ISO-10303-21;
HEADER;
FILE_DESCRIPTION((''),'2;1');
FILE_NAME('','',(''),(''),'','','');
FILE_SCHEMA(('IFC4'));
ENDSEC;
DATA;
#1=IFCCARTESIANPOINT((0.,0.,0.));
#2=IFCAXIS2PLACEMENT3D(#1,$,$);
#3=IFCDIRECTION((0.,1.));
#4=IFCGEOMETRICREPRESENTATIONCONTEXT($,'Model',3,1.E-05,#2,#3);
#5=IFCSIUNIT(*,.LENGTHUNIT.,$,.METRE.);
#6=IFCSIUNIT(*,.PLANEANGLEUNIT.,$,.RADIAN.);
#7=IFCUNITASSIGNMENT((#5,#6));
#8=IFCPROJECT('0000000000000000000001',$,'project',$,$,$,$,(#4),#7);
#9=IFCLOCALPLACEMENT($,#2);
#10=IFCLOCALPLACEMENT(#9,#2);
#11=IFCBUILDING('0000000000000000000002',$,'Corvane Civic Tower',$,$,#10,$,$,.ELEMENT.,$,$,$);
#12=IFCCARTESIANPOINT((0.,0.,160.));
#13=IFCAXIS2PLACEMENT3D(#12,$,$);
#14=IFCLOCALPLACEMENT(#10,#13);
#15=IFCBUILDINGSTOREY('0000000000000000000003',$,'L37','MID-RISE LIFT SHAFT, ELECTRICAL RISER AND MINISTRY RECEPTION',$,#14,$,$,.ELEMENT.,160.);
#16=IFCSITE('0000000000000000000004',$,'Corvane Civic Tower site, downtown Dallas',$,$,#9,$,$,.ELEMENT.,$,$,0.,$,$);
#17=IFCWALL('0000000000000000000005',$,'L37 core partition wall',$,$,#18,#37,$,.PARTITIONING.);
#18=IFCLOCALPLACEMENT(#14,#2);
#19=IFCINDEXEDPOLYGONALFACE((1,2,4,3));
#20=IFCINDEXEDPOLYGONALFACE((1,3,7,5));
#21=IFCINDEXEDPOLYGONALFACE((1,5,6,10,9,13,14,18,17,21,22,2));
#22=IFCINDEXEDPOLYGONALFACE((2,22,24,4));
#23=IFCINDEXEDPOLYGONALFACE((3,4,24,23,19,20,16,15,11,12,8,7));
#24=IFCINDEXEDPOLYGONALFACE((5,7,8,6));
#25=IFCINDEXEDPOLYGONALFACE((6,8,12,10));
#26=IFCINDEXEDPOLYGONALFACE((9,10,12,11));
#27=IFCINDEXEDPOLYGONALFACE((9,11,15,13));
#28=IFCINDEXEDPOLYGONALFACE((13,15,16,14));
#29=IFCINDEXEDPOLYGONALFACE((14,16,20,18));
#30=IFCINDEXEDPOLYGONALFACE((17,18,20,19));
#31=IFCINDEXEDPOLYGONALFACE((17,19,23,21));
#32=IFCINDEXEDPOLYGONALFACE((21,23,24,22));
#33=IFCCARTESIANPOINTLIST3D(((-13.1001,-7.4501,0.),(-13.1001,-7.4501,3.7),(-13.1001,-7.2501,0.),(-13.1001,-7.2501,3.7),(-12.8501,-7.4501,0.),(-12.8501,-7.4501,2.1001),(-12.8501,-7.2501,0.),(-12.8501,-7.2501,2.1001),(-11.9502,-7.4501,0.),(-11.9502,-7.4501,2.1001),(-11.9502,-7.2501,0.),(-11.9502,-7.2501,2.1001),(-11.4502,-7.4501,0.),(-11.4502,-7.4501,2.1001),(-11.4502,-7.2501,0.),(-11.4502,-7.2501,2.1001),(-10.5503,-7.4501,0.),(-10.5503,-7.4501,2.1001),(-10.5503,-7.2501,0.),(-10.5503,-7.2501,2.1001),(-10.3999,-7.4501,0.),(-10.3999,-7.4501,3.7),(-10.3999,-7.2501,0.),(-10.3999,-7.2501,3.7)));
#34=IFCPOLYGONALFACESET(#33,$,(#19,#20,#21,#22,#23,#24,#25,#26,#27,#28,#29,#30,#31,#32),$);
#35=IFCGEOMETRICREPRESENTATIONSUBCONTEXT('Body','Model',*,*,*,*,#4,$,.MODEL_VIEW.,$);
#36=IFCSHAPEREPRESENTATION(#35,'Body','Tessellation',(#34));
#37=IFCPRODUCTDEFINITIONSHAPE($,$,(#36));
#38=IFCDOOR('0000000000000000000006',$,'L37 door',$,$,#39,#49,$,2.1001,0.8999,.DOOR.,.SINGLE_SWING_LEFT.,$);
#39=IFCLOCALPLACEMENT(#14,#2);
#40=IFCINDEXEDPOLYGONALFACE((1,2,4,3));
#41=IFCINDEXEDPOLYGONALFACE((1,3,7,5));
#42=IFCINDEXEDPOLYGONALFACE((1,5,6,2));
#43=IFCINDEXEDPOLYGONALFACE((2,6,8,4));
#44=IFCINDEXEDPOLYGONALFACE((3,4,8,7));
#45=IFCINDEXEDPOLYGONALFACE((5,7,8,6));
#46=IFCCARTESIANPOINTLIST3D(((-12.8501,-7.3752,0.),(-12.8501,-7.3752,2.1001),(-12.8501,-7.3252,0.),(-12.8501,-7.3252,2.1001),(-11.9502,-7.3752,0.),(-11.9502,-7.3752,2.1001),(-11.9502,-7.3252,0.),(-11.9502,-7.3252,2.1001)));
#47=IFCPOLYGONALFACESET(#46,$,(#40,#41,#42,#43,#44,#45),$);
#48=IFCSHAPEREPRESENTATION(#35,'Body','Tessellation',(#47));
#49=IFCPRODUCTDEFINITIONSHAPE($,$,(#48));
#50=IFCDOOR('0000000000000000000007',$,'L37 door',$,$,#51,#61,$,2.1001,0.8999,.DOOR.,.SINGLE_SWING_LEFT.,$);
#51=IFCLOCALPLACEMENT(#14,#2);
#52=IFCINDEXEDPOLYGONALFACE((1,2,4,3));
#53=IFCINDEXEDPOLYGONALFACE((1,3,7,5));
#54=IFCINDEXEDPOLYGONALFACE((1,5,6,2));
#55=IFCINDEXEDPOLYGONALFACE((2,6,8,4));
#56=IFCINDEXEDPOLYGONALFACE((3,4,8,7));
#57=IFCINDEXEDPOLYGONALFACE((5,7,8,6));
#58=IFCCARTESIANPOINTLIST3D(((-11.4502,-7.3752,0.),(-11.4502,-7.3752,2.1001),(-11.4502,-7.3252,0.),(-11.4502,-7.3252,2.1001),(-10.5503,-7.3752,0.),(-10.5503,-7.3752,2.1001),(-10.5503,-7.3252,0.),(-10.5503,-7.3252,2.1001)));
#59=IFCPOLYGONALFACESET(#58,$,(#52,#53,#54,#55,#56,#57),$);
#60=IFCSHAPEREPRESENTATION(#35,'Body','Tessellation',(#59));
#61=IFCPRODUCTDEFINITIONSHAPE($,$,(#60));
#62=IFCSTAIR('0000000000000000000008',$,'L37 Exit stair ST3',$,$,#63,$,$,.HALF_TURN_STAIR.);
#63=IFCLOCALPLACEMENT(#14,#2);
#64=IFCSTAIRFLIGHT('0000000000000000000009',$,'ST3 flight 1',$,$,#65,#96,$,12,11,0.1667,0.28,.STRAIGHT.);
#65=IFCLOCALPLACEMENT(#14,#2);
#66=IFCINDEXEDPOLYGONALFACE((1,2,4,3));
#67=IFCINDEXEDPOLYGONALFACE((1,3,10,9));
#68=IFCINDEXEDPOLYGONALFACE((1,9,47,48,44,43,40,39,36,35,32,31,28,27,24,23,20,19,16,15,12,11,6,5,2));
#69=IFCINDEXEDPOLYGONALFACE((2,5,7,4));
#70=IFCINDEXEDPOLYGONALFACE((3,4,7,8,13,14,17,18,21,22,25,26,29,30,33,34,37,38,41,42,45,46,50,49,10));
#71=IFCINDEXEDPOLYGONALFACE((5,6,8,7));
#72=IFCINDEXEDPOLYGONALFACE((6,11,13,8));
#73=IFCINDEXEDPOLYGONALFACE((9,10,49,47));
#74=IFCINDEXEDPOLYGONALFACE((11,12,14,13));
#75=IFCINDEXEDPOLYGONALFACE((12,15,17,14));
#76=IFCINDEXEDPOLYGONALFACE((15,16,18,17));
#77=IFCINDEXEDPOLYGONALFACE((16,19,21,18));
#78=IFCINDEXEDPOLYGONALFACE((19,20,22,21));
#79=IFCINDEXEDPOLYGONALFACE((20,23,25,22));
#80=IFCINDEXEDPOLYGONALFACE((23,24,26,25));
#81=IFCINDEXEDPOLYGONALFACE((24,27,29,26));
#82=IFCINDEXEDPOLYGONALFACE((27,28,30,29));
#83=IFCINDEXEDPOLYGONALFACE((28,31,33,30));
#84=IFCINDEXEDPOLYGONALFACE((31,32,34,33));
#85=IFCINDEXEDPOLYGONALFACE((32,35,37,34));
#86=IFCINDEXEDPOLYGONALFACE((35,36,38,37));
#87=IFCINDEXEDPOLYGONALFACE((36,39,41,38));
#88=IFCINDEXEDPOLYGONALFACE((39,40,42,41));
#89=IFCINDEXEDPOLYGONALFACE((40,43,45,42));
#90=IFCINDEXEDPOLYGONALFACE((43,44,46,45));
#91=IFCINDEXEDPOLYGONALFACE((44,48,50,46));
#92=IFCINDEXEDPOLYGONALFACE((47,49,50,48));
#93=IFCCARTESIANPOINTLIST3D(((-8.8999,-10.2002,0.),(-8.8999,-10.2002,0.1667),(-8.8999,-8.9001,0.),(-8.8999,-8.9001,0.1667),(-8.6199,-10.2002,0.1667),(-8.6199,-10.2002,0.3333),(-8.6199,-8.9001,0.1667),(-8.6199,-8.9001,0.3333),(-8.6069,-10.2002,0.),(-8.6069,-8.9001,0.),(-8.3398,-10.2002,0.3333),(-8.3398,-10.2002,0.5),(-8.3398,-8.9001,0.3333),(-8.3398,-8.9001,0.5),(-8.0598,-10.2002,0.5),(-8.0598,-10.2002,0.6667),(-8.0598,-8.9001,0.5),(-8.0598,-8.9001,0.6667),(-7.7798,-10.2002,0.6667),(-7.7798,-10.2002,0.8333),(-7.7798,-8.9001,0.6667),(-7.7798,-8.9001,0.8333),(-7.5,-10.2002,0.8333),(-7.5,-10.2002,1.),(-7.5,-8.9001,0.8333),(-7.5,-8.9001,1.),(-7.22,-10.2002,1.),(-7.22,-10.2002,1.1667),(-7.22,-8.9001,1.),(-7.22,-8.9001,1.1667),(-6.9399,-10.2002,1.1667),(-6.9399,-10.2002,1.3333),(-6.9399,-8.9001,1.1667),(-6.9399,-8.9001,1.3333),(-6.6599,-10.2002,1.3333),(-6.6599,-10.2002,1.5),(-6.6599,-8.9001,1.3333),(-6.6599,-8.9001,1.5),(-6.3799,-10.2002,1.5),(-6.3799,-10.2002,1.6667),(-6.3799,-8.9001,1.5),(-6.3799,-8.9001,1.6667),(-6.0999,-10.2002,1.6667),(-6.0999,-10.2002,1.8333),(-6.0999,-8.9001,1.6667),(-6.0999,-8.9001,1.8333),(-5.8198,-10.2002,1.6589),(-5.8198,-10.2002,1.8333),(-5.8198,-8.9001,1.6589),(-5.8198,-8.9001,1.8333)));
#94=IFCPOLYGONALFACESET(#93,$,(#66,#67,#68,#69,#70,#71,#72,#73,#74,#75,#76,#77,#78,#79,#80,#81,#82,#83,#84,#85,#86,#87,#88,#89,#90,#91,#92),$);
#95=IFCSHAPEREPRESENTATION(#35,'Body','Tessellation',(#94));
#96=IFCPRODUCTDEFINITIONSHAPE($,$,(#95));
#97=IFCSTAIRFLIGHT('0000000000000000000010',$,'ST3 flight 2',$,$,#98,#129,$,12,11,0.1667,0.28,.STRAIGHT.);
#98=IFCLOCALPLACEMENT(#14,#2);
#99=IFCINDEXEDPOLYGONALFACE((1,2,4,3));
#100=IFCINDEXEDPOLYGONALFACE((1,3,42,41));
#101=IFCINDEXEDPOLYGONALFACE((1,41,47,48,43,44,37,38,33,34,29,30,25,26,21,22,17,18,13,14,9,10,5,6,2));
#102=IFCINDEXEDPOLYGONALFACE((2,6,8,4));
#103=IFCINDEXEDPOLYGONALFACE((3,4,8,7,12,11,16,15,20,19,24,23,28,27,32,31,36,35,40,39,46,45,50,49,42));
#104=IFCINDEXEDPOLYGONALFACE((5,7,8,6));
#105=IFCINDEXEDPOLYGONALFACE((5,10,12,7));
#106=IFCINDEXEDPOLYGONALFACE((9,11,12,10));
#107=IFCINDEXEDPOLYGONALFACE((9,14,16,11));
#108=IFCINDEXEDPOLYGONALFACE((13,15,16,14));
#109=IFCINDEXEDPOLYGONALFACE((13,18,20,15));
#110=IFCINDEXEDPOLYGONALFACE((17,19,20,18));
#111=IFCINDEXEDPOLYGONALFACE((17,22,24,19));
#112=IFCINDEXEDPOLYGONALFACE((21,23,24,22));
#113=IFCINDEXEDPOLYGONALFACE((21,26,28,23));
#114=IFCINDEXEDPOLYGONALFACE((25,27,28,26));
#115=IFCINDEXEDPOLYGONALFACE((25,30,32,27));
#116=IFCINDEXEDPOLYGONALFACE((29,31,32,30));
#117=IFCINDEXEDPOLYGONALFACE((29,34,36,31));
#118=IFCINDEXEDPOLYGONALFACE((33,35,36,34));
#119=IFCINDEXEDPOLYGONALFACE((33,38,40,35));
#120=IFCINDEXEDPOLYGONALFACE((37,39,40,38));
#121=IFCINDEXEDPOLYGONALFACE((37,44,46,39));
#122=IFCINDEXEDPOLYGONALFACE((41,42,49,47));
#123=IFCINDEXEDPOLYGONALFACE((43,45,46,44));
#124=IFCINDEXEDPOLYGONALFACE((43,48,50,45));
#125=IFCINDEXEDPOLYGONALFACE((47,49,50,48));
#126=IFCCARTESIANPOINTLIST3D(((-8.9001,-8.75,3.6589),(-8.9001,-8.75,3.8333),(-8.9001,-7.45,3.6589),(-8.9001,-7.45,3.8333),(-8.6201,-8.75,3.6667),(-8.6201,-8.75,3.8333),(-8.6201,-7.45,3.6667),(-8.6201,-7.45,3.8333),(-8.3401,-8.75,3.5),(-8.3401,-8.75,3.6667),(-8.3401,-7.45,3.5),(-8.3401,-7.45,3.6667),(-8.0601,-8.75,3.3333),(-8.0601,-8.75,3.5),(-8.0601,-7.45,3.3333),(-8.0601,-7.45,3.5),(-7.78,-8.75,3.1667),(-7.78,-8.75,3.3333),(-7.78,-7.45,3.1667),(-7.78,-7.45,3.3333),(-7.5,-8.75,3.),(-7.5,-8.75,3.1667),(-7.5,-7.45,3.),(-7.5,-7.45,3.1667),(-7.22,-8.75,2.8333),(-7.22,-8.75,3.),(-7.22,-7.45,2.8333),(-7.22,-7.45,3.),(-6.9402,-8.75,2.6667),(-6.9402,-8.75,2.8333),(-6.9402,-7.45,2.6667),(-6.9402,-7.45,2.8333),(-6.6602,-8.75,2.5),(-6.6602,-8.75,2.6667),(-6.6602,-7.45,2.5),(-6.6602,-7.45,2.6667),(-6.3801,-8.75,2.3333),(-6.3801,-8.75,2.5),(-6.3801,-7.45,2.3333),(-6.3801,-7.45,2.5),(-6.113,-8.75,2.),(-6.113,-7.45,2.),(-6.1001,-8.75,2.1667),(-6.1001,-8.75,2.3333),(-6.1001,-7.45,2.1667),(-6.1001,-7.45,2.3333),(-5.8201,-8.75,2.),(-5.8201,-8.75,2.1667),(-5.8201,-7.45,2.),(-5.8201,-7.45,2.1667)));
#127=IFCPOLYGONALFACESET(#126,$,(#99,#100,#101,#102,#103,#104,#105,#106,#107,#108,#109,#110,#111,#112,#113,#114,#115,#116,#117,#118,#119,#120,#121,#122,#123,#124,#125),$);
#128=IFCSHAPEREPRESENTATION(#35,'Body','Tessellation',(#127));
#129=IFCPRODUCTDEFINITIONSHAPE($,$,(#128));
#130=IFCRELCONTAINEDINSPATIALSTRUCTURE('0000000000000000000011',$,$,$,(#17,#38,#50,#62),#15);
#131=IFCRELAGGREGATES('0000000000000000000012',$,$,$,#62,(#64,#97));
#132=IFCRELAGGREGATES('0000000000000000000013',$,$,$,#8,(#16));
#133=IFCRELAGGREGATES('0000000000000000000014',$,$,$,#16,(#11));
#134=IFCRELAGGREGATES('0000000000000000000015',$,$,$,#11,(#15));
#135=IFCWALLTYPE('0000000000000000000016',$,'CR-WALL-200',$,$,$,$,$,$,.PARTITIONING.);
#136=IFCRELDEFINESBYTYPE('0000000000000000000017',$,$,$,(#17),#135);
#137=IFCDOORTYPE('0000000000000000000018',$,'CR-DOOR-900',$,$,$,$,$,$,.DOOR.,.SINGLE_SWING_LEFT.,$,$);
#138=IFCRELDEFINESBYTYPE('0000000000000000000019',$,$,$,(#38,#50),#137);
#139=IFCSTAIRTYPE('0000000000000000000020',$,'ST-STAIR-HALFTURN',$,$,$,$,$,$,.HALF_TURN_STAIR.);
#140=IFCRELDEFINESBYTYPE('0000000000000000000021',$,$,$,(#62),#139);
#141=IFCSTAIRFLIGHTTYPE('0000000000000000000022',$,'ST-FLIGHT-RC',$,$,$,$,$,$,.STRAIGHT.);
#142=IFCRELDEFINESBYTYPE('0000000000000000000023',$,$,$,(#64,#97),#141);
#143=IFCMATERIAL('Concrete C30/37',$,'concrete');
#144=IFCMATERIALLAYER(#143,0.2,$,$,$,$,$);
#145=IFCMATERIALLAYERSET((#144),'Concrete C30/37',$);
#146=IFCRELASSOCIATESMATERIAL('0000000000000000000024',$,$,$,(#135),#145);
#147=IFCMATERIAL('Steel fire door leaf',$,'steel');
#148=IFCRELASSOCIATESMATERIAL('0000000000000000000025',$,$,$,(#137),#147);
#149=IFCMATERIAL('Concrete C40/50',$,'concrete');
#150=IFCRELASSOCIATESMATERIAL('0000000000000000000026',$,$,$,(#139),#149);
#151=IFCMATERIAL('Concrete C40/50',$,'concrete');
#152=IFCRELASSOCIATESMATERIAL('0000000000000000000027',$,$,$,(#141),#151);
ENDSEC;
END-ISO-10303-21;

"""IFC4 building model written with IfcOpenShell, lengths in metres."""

from ifc_helpers import new_model, si_unit, direction, frame, frame_2d, origin, place, context, subcontext, project, spatial, polyline, rectangle, outline, extrude, material, layer, layer_set, type_object, element, fill, aggregate, save


model = new_model("IFC4")

# Units and contexts
model_context = context("Model", 3, precision=1e-05, world=origin(), true_north=direction((0.0, 1.0)))
body_context = subcontext(model_context, "Body", "Model", "MODEL_VIEW")
ifc_project = project(units=[si_unit("LENGTHUNIT", "METRE"), si_unit("PLANEANGLEUNIT", "RADIAN")], contexts=[model_context])

# Site, building, storey
site_placement = place(None, origin())
site = spatial("IfcSite", under=ifc_project, at=site_placement, Name="Corvane Civic Tower site, downtown Dallas", CompositionType="ELEMENT", RefElevation=0.0)
building_placement = place(site_placement, origin())
building = spatial("IfcBuilding", under=site, at=building_placement, Name="Corvane Civic Tower", CompositionType="ELEMENT")
storey_placement = place(building_placement, frame((0.0, 0.0, 160.0)))
storey = spatial("IfcBuildingStorey", under=building, at=storey_placement, Name="L37", Description="MID-RISE LIFT SHAFT, ELECTRICAL RISER AND MINISTRY RECEPTION", CompositionType="ELEMENT", Elevation=160.0)

# Shared definitions
ifc_material_1 = material(Name="Concrete C30/37", Category="concrete")
ifc_layer_1 = layer(ifc_material_1, 0.2)
ifc_layer_set_1 = layer_set([ifc_layer_1], Name="Concrete C30/37")
wall_type_1 = type_object("IfcWallType", Name="CR-WALL-200", PredefinedType="PARTITIONING", material=ifc_layer_set_1)
ifc_material_2 = material(Name="Steel fire door leaf", Category="steel")
door_type_1 = type_object("IfcDoorType", Name="CR-DOOR-900", OperationType="SINGLE_SWING_LEFT", PredefinedType="DOOR", material=ifc_material_2)

# Wall, openings, doors
wall_1_placement = place(storey_placement, frame((-13.1001, -7.3501, 0.0), z_axis=(0.0, 0.0, 1.0), x_axis=(1.0, 0.0, 0.0)))
wall_1 = element("IfcWall", 1, at=wall_1_placement, inside=storey, type_object=wall_type_1, Name="L37 core partition wall", PredefinedType="PARTITIONING", context=body_context, shape_type="SweptSolid", body=[
    extrude(rectangle(XDim=2.7002, YDim=0.2, at=frame_2d((1.3501, 0.0))), origin(), (0.0, 0.0, 1.0), 3.7),
])
opening_1_placement = place(wall_1_placement, frame((0.25, 0.0, 0.0)))
opening_1 = element("IfcOpeningElement", 2, at=opening_1_placement, cuts=wall_1, PredefinedType="OPENING", context=body_context, shape_type="SweptSolid", body=[
    extrude(rectangle(XDim=0.8999, YDim=2.1001, at=frame_2d((0.45, 1.05))), frame((0.0, 0.1099, 0.0), z_axis=(0.0, -1.0, 0.0), x_axis=(1.0, 0.0, 0.0)), (0.0, 0.0, 1.0), 0.22),
])
opening_2_placement = place(wall_1_placement, frame((1.6499, 0.0, 0.0)))
opening_2 = element("IfcOpeningElement", 3, at=opening_2_placement, cuts=wall_1, PredefinedType="OPENING", context=body_context, shape_type="SweptSolid", body=[
    extrude(rectangle(XDim=0.8999, YDim=2.1001, at=frame_2d((0.45, 1.05))), frame((0.0, 0.1099, 0.0), z_axis=(0.0, -1.0, 0.0), x_axis=(1.0, 0.0, 0.0)), (0.0, 0.0, 1.0), 0.22),
])
door_1_placement = place(opening_1_placement, origin())
door_1 = element("IfcDoor", 4, at=door_1_placement, inside=storey, type_object=door_type_1, Name="L37 door", OperationType="SINGLE_SWING_LEFT", OverallHeight=2.1001, OverallWidth=0.8999, PredefinedType="DOOR", context=body_context, shape_type="SweptSolid", body=[
    extrude(rectangle(XDim=0.8999, YDim=2.1001, at=frame_2d((0.45, 1.05))), frame((0.0, 0.0249, 0.0), z_axis=(0.0, -1.0, 0.0), x_axis=(1.0, 0.0, 0.0)), (0.0, 0.0, 1.0), 0.05),
])
fill(opening_1, door_1)
door_2_placement = place(opening_2_placement, origin())
door_2 = element("IfcDoor", 5, at=door_2_placement, inside=storey, type_object=door_type_1, Name="L37 door", OperationType="SINGLE_SWING_LEFT", OverallHeight=2.1001, OverallWidth=0.8999, PredefinedType="DOOR", context=body_context, shape_type="SweptSolid", body=[
    extrude(rectangle(XDim=0.8999, YDim=2.1001, at=frame_2d((0.45, 1.05))), frame((0.0, 0.0249, 0.0), z_axis=(0.0, -1.0, 0.0), x_axis=(1.0, 0.0, 0.0)), (0.0, 0.0, 1.0), 0.05),
])
fill(opening_2, door_2)

# Stair, stair flights
ifc_material_3 = material(Name="Concrete C40/50", Category="concrete")
stair_type = type_object("IfcStairType", Name="ST-STAIR-HALFTURN", PredefinedType="HALF_TURN_STAIR", material=ifc_material_3)
stair_placement = place(storey_placement, origin())
stair = element("IfcStair", 6, at=stair_placement, inside=storey, type_object=stair_type, Name="L37 Exit stair ST3", PredefinedType="HALF_TURN_STAIR")
ifc_material_4 = material(Name="Concrete C40/50", Category="concrete")
stair_flight_type = type_object("IfcStairFlightType", Name="ST-FLIGHT-RC", PredefinedType="STRAIGHT", material=ifc_material_4)
stair_flight_1_placement = place(storey_placement, frame((-8.8999, -9.55, 0.0), z_axis=(0.0, 0.0, 1.0), x_axis=(1.0, 0.0, 0.0)))
stair_flight_1 = element("IfcStairFlight", 7, at=stair_flight_1_placement, type_object=stair_flight_type, Name="ST3 flight 1", NumberOfRisers=12, NumberOfTreads=11, PredefinedType="STRAIGHT", RiserHeight=0.1667, TreadLength=0.28, context=body_context, shape_type="SweptSolid", body=[
    extrude(outline(polyline([(0.0, 0.0), (0.0, 0.1667), (0.28, 0.1667), (0.28, 0.3333), (0.5601, 0.3333), (0.5601, 0.5), (0.8401, 0.5), (0.8401, 0.6667), (1.1201, 0.6667), (1.1201, 0.8333), (1.3999, 0.8333), (1.3999, 1.0), (1.6799, 1.0), (1.6799, 1.1667), (1.96, 1.1667), (1.96, 1.3333), (2.24, 1.3333), (2.24, 1.5), (2.52, 1.5), (2.52, 1.6667), (2.8, 1.6667), (2.8, 1.8333), (3.0801, 1.8333), (3.0801, 2.0), (3.0801, 1.6589), (0.293, 0.0), (0.0, 0.0)])), frame((0.0, 0.6499, 0.0), z_axis=(0.0, -1.0, 0.0), x_axis=(1.0, 0.0, 0.0)), (0.0, 0.0, 1.0), 1.3),
])
stair_flight_2_placement = place(storey_placement, frame((-5.8201, -8.1001, 2.0), z_axis=(0.0, 0.0, 1.0), x_axis=(-1.0, 0.0, 0.0)))
stair_flight_2 = element("IfcStairFlight", 8, at=stair_flight_2_placement, type_object=stair_flight_type, Name="ST3 flight 2", NumberOfRisers=12, NumberOfTreads=11, PredefinedType="STRAIGHT", RiserHeight=0.1667, TreadLength=0.28, context=body_context, shape_type="SweptSolid", body=[
    extrude(outline(polyline([(0.0, 0.0), (0.0, 0.1667), (0.28, 0.1667), (0.28, 0.3333), (0.5601, 0.3333), (0.5601, 0.5), (0.8401, 0.5), (0.8401, 0.6667), (1.1201, 0.6667), (1.1201, 0.8333), (1.3999, 0.8333), (1.3999, 1.0), (1.6799, 1.0), (1.6799, 1.1667), (1.96, 1.1667), (1.96, 1.3333), (2.24, 1.3333), (2.24, 1.5), (2.52, 1.5), (2.52, 1.6667), (2.8, 1.6667), (2.8, 1.8333), (3.0801, 1.8333), (3.0801, 2.0), (3.0801, 1.6589), (0.293, 0.0), (0.0, 0.0)])), frame((0.0, 0.6499, 0.0), z_axis=(0.0, -1.0, 0.0), x_axis=(1.0, 0.0, 0.0)), (0.0, 0.0, 1.0), 1.3),
])
aggregate(stair, [stair_flight_1, stair_flight_2])

save(model, "model.ifc")
